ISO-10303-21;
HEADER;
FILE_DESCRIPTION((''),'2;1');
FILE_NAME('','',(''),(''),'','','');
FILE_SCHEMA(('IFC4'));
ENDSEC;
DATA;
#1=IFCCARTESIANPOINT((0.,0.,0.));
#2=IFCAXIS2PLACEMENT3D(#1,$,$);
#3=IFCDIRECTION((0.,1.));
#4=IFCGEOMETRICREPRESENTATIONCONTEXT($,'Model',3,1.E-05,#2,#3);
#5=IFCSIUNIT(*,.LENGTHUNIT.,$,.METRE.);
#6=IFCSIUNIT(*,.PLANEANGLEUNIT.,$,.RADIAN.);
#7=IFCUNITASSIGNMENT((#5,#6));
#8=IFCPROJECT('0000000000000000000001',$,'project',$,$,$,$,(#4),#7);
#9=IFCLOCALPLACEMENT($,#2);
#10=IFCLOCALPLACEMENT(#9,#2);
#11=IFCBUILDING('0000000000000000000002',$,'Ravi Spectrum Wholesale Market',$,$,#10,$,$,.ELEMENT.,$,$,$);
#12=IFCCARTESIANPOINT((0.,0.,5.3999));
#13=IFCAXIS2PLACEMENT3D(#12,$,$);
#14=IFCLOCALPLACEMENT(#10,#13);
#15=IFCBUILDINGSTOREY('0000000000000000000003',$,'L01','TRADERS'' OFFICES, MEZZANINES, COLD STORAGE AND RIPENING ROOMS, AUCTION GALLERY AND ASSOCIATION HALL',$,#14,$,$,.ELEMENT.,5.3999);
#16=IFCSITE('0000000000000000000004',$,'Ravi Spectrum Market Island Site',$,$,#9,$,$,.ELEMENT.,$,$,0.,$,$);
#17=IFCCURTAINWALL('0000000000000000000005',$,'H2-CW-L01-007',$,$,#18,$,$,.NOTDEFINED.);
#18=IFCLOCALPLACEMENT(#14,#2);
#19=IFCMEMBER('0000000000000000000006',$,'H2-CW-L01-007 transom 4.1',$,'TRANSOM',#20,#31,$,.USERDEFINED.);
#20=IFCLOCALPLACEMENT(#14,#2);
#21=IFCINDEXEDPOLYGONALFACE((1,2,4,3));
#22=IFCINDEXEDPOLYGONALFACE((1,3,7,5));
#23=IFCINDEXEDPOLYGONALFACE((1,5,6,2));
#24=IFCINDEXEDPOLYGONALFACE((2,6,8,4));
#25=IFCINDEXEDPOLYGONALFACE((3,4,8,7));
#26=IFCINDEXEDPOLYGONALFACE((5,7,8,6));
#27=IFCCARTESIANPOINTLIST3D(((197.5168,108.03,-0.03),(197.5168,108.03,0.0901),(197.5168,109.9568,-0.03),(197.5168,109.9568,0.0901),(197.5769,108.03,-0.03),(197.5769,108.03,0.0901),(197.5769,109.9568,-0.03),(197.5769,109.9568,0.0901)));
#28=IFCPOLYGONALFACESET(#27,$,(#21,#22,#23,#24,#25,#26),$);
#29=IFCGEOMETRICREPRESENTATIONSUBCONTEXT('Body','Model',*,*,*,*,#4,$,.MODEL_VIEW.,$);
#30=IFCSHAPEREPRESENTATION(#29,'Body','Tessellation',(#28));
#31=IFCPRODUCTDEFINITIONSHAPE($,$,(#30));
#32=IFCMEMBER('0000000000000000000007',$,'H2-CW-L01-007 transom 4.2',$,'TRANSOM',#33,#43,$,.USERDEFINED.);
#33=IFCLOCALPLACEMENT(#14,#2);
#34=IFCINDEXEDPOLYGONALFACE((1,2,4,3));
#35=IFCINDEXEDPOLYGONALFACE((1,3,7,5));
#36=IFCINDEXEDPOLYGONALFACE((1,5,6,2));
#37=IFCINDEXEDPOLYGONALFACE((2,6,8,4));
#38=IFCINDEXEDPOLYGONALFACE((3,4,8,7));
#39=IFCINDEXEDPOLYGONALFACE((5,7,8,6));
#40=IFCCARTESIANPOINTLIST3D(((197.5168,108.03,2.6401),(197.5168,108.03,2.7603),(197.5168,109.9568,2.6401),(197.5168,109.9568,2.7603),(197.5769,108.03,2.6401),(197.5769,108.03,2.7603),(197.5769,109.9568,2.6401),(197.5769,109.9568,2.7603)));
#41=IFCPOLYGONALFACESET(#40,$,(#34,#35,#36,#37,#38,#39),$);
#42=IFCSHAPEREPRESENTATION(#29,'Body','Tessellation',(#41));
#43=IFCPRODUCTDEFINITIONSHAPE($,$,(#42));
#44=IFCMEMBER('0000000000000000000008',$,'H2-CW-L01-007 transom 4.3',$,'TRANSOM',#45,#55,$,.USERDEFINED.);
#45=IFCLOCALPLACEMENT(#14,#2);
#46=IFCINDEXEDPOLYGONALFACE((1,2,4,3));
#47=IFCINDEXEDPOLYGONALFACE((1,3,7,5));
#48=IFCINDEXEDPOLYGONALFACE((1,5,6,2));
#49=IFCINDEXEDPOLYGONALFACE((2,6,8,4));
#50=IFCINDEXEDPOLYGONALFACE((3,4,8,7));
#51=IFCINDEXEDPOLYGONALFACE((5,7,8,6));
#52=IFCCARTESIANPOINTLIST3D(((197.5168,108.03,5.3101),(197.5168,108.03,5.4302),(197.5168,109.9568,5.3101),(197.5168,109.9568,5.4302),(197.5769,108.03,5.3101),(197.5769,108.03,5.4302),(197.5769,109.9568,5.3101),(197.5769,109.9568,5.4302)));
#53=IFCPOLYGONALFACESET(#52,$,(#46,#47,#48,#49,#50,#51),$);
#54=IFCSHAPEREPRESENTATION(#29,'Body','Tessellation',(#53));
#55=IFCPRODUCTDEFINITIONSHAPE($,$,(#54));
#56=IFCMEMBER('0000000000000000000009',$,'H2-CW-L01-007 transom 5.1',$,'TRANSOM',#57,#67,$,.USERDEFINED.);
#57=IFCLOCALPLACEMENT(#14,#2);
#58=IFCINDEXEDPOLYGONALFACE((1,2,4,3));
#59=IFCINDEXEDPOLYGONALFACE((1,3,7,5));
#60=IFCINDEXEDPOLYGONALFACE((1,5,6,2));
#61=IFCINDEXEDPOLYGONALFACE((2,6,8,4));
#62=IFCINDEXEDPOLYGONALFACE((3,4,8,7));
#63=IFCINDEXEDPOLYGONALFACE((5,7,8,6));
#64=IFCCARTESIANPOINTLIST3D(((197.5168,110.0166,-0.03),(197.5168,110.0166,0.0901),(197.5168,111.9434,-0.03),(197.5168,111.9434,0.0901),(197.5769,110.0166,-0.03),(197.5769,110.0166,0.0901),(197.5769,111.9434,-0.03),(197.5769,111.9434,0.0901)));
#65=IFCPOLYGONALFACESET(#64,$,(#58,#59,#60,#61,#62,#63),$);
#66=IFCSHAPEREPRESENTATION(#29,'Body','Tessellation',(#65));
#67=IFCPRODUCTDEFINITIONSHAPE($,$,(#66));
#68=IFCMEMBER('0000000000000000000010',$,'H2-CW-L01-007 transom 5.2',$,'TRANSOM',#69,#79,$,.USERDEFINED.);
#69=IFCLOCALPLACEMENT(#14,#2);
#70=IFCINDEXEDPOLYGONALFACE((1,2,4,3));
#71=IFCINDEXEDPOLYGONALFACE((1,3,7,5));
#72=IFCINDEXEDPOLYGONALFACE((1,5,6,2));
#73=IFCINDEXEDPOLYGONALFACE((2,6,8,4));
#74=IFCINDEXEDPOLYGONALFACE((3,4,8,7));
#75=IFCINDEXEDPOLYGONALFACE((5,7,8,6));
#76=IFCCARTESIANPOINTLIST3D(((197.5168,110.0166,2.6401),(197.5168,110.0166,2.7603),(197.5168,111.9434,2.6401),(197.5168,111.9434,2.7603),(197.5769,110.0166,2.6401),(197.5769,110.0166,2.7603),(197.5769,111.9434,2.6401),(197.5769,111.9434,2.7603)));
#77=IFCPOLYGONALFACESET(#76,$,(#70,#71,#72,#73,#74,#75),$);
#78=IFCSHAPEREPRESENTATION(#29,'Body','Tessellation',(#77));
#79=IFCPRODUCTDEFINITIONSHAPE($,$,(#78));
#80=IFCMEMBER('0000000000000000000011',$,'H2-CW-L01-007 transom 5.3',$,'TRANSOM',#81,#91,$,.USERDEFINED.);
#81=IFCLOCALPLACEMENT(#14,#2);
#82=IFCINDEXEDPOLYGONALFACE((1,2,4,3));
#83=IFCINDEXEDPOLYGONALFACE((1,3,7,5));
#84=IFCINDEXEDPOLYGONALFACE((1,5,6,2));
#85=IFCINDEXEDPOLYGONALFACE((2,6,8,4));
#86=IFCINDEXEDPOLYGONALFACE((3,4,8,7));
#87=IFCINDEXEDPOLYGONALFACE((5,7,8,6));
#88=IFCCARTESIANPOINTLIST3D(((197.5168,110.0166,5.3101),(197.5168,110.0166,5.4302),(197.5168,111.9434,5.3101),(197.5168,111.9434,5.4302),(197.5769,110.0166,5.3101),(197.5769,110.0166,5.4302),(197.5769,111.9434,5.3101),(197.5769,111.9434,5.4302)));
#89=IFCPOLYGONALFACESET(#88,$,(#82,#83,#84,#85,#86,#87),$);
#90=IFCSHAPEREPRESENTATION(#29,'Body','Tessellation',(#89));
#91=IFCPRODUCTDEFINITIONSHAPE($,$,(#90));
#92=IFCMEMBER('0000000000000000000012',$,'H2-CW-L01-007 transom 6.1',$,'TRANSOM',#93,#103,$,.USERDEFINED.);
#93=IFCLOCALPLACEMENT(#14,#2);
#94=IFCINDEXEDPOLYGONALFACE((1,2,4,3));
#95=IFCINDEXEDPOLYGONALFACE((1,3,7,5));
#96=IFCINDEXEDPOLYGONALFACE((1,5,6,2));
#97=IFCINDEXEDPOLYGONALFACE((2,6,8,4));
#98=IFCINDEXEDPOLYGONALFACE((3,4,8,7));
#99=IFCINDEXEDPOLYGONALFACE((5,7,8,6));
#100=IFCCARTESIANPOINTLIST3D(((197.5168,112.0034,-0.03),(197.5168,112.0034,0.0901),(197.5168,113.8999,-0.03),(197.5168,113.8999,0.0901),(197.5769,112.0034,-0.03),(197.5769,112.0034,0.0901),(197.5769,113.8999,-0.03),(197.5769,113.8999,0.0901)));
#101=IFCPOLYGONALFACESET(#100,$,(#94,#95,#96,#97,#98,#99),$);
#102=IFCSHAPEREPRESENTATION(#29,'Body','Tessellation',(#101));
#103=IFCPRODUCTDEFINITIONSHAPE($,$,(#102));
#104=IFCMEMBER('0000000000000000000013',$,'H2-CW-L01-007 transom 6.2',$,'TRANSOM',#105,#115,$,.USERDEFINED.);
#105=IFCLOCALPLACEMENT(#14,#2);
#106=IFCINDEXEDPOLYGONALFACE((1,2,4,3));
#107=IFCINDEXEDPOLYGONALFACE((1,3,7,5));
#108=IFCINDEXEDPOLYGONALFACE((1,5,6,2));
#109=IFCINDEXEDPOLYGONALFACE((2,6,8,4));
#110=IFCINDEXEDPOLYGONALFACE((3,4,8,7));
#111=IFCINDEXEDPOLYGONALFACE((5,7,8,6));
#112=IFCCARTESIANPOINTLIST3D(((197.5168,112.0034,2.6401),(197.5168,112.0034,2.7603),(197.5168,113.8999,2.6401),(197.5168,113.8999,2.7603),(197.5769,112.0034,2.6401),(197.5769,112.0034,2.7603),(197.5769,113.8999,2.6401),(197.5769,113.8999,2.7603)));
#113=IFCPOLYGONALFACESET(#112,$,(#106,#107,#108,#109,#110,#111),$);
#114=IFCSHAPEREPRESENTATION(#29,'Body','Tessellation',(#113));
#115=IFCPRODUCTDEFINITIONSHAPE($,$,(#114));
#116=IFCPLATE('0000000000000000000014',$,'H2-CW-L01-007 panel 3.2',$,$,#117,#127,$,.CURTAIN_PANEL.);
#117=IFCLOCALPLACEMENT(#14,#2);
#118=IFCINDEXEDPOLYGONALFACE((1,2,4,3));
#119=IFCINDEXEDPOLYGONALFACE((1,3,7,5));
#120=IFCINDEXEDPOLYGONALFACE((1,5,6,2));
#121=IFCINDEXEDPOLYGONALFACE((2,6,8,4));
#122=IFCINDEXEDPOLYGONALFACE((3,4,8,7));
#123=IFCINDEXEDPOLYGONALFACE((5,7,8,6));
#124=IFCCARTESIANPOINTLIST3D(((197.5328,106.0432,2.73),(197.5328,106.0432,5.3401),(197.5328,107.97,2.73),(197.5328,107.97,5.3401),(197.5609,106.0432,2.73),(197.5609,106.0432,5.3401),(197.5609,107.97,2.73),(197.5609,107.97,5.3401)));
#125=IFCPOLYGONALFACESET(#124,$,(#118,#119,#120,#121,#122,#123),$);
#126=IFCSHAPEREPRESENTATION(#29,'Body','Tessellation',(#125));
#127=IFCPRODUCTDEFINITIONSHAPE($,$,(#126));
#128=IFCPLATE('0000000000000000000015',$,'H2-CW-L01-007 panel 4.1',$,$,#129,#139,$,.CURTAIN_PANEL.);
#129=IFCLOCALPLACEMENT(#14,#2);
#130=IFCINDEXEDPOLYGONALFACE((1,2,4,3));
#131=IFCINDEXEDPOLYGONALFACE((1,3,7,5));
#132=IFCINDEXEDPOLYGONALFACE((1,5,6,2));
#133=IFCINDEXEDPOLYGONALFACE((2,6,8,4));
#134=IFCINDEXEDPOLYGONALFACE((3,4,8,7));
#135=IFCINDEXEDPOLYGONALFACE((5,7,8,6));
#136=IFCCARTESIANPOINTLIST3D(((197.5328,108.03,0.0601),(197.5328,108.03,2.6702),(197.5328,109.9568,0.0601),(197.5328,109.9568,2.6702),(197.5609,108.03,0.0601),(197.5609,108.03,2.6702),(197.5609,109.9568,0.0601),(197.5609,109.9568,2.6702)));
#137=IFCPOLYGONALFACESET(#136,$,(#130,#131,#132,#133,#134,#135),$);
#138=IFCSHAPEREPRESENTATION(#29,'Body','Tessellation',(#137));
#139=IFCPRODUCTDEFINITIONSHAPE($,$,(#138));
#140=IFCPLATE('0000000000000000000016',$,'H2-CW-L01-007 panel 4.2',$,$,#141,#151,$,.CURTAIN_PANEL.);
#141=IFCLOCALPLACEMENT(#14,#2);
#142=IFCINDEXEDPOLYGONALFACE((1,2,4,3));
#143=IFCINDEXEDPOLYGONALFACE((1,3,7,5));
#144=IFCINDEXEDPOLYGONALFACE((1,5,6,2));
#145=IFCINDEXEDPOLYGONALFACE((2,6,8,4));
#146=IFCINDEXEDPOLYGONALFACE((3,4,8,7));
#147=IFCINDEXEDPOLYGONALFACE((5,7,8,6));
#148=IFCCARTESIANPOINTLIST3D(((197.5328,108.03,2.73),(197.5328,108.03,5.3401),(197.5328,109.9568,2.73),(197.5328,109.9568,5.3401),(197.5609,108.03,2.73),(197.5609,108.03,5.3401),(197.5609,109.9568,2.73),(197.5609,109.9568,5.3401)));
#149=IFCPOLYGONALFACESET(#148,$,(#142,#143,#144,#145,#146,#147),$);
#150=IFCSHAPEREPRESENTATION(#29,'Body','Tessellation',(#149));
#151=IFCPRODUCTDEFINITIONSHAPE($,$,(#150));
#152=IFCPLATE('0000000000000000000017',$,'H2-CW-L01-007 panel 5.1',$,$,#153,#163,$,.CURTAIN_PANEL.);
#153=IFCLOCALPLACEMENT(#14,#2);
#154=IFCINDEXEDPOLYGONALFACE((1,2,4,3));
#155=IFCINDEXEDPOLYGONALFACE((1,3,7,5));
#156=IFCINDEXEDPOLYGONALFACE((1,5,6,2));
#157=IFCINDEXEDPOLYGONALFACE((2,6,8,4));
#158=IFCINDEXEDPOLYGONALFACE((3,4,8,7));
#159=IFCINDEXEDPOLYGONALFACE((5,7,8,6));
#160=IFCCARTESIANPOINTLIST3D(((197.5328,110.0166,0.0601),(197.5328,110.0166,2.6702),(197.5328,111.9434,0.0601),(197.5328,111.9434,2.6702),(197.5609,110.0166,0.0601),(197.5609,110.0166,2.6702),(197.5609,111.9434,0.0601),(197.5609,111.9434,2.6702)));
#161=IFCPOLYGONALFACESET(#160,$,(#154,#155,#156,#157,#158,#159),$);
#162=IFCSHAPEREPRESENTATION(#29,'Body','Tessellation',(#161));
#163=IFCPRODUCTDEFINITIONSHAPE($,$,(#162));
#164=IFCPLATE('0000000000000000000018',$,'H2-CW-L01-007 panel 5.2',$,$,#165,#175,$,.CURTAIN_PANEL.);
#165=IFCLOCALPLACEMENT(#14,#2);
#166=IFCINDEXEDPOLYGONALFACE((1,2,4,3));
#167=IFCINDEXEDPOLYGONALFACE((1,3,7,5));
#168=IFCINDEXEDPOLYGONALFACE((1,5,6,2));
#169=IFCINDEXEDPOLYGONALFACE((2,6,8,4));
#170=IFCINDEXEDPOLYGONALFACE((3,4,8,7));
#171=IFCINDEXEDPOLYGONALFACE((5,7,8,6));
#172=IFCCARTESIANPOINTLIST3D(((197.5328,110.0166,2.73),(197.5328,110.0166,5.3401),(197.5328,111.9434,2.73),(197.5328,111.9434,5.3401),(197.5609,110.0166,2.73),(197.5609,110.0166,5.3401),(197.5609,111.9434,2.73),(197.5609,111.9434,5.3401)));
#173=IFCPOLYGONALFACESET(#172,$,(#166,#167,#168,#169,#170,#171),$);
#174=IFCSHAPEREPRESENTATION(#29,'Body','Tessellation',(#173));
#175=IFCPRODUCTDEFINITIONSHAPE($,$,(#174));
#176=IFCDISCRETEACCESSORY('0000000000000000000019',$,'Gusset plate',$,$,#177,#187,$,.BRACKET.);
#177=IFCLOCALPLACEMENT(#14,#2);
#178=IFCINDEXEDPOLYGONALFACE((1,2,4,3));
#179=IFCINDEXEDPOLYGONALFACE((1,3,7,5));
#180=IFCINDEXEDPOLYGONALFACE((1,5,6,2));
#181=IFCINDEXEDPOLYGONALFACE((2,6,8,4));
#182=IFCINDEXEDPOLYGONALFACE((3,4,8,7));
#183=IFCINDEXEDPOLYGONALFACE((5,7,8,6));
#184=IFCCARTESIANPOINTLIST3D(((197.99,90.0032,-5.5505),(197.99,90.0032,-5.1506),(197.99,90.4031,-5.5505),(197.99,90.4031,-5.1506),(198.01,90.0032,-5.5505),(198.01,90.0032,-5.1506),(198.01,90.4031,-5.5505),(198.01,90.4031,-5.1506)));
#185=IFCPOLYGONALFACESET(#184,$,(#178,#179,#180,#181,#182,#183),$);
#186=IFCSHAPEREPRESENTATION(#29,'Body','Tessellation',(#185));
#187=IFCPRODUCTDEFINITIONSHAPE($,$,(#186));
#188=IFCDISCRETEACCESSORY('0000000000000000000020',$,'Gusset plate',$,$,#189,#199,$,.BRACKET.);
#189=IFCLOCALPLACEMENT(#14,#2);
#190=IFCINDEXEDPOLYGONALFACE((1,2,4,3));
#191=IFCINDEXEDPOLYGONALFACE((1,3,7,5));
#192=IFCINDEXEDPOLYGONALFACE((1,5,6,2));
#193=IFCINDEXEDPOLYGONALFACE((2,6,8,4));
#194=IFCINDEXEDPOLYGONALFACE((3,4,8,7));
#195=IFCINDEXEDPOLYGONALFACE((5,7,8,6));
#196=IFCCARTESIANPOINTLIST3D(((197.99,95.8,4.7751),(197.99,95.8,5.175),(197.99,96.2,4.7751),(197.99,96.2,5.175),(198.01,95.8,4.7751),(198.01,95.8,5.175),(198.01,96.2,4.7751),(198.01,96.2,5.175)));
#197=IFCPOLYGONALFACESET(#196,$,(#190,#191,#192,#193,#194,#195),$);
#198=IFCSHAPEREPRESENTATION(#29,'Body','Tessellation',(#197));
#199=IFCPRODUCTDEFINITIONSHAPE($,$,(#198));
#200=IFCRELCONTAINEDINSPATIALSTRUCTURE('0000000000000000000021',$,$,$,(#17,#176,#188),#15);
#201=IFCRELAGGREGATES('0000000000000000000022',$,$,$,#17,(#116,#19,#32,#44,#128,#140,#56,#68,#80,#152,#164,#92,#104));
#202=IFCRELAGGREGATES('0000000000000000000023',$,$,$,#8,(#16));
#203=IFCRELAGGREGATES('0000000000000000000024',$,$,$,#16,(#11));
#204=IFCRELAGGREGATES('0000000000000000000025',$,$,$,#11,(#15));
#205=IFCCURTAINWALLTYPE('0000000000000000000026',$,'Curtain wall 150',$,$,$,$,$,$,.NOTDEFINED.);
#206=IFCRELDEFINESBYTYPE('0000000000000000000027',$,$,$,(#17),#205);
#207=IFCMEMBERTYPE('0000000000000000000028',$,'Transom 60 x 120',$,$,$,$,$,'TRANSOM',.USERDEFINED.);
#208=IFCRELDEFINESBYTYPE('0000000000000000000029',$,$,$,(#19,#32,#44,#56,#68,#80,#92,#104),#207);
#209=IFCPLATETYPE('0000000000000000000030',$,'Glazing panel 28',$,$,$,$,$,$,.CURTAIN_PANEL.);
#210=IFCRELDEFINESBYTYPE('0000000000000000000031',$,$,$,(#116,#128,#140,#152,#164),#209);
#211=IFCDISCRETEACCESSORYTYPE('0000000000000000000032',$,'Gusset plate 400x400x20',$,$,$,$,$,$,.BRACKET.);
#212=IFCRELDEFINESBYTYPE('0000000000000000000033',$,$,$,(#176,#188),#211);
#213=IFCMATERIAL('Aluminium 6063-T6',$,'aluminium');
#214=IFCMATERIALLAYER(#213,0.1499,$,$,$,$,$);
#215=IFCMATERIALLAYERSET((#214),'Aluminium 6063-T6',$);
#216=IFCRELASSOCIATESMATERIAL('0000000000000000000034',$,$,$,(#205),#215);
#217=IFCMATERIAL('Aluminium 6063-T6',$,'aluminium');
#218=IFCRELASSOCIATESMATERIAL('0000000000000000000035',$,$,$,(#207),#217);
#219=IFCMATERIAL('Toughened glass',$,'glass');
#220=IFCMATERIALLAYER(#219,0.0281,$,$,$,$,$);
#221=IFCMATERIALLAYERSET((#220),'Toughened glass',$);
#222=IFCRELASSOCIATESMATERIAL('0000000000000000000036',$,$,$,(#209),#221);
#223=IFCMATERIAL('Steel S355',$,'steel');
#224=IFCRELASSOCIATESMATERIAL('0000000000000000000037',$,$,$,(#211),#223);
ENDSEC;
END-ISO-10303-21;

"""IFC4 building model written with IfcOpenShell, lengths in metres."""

from ifc_helpers import new_model, si_unit, direction, frame, origin, origin_2d, place, context, subcontext, project, spatial, rectangle, extrude, material, layer, layer_set, material_profile, profile_set, type_object, element, aggregate, save


model = new_model("IFC4")

# Units and contexts
model_context = context("Model", 3, precision=1e-05, world=origin(), true_north=direction((0.0, 1.0)))
body_context = subcontext(model_context, "Body", "Model", "MODEL_VIEW")
ifc_project = project(units=[si_unit("LENGTHUNIT", "METRE"), si_unit("PLANEANGLEUNIT", "RADIAN")], contexts=[model_context])

# Site, building, storey
site_placement = place(None, origin())
site = spatial("IfcSite", under=ifc_project, at=site_placement, Name="Ravi Spectrum Market Island Site", CompositionType="ELEMENT", RefElevation=0.0)
building_placement = place(site_placement, origin())
building = spatial("IfcBuilding", under=site, at=building_placement, Name="Ravi Spectrum Wholesale Market", CompositionType="ELEMENT")
storey_placement = place(building_placement, frame((0.0, 0.0, 5.3999)))
storey = spatial("IfcBuildingStorey", under=building, at=storey_placement, Name="L01", Description="TRADERS' OFFICES, MEZZANINES, COLD STORAGE AND RIPENING ROOMS, AUCTION GALLERY AND ASSOCIATION HALL", CompositionType="ELEMENT", Elevation=5.3999)

# Curtain wall
ifc_material_1 = material(Name="Aluminium 6063-T6", Category="aluminium")
ifc_layer_1 = layer(ifc_material_1, 0.1499)
ifc_layer_set_1 = layer_set([ifc_layer_1], Name="Aluminium 6063-T6")
curtain_wall_type = type_object("IfcCurtainWallType", Name="Curtain wall 150", PredefinedType="NOTDEFINED", material=ifc_layer_set_1)
curtain_wall_placement = place(storey_placement, origin())
curtain_wall = element("IfcCurtainWall", 1, at=curtain_wall_placement, inside=storey, type_object=curtain_wall_type, Name="H2-CW-L01-007", PredefinedType="NOTDEFINED")

# Members
ifc_material_2 = material(Name="Aluminium 6063-T6", Category="aluminium")
ifc_material_profile_1 = material_profile(ifc_material_2, rectangle(XDim=0.0601, YDim=0.1201, at=origin_2d()))
ifc_profile_set_1 = profile_set([ifc_material_profile_1], Name="Aluminium 6063-T6")
member_type_1 = type_object("IfcMemberType", Name="Transom 60 x 120", ElementType="TRANSOM", PredefinedType="USERDEFINED", material=ifc_profile_set_1)
member_1_placement = place(storey_placement, frame((197.5469, 108.03, 0.03), z_axis=(0.0, 1.0, 0.0), x_axis=(-1.0, 0.0, 0.0)))
member_1 = element("IfcMember", 2, at=member_1_placement, type_object=member_type_1, Name="H2-CW-L01-007 transom 4.1", ObjectType="TRANSOM", PredefinedType="USERDEFINED", context=body_context, shape_type="SweptSolid", body=[
    extrude(rectangle(XDim=0.0601, YDim=0.1201, at=origin_2d()), origin(), (0.0, 0.0, 1.0), 1.9268),
])
member_2_placement = place(storey_placement, frame((197.5469, 108.03, 2.7002), z_axis=(0.0, 1.0, 0.0), x_axis=(-1.0, 0.0, 0.0)))
member_2 = element("IfcMember", 3, at=member_2_placement, type_object=member_type_1, Name="H2-CW-L01-007 transom 4.2", ObjectType="TRANSOM", PredefinedType="USERDEFINED", context=body_context, shape_type="SweptSolid", body=[
    extrude(rectangle(XDim=0.0601, YDim=0.1201, at=origin_2d()), origin(), (0.0, 0.0, 1.0), 1.9268),
])
member_3_placement = place(storey_placement, frame((197.5469, 108.03, 5.3701), z_axis=(0.0, 1.0, 0.0), x_axis=(-1.0, 0.0, 0.0)))
member_3 = element("IfcMember", 4, at=member_3_placement, type_object=member_type_1, Name="H2-CW-L01-007 transom 4.3", ObjectType="TRANSOM", PredefinedType="USERDEFINED", context=body_context, shape_type="SweptSolid", body=[
    extrude(rectangle(XDim=0.0601, YDim=0.1201, at=origin_2d()), origin(), (0.0, 0.0, 1.0), 1.9268),
])
member_4_placement = place(storey_placement, frame((197.5469, 110.0166, 0.03), z_axis=(0.0, 1.0, 0.0), x_axis=(-1.0, 0.0, 0.0)))
member_4 = element("IfcMember", 5, at=member_4_placement, type_object=member_type_1, Name="H2-CW-L01-007 transom 5.1", ObjectType="TRANSOM", PredefinedType="USERDEFINED", context=body_context, shape_type="SweptSolid", body=[
    extrude(rectangle(XDim=0.0601, YDim=0.1201, at=origin_2d()), origin(), (0.0, 0.0, 1.0), 1.9268),
])
member_5_placement = place(storey_placement, frame((197.5469, 110.0166, 2.7002), z_axis=(0.0, 1.0, 0.0), x_axis=(-1.0, 0.0, 0.0)))
member_5 = element("IfcMember", 6, at=member_5_placement, type_object=member_type_1, Name="H2-CW-L01-007 transom 5.2", ObjectType="TRANSOM", PredefinedType="USERDEFINED", context=body_context, shape_type="SweptSolid", body=[
    extrude(rectangle(XDim=0.0601, YDim=0.1201, at=origin_2d()), origin(), (0.0, 0.0, 1.0), 1.9268),
])
member_6_placement = place(storey_placement, frame((197.5469, 110.0166, 5.3701), z_axis=(0.0, 1.0, 0.0), x_axis=(-1.0, 0.0, 0.0)))
member_6 = element("IfcMember", 7, at=member_6_placement, type_object=member_type_1, Name="H2-CW-L01-007 transom 5.3", ObjectType="TRANSOM", PredefinedType="USERDEFINED", context=body_context, shape_type="SweptSolid", body=[
    extrude(rectangle(XDim=0.0601, YDim=0.1201, at=origin_2d()), origin(), (0.0, 0.0, 1.0), 1.9268),
])
member_7_placement = place(storey_placement, frame((197.5469, 112.0034, 0.03), z_axis=(0.0, 1.0, 0.0), x_axis=(-1.0, 0.0, 0.0)))
member_7 = element("IfcMember", 8, at=member_7_placement, type_object=member_type_1, Name="H2-CW-L01-007 transom 6.1", ObjectType="TRANSOM", PredefinedType="USERDEFINED", context=body_context, shape_type="SweptSolid", body=[
    extrude(rectangle(XDim=0.0601, YDim=0.1201, at=origin_2d()), origin(), (0.0, 0.0, 1.0), 1.8965),
])
member_8_placement = place(storey_placement, frame((197.5469, 112.0034, 2.7002), z_axis=(0.0, 1.0, 0.0), x_axis=(-1.0, 0.0, 0.0)))
member_8 = element("IfcMember", 9, at=member_8_placement, type_object=member_type_1, Name="H2-CW-L01-007 transom 6.2", ObjectType="TRANSOM", PredefinedType="USERDEFINED", context=body_context, shape_type="SweptSolid", body=[
    extrude(rectangle(XDim=0.0601, YDim=0.1201, at=origin_2d()), origin(), (0.0, 0.0, 1.0), 1.8965),
])

# Plates
ifc_material_3 = material(Name="Toughened glass", Category="glass")
ifc_layer_2 = layer(ifc_material_3, 0.0281)
ifc_layer_set_2 = layer_set([ifc_layer_2], Name="Toughened glass")
plate_type = type_object("IfcPlateType", Name="Glazing panel 28", PredefinedType="CURTAIN_PANEL", material=ifc_layer_set_2)
plate_1_placement = place(storey_placement, frame((197.5469, 107.0066, 2.73), z_axis=(0.0, 0.0, 1.0), x_axis=(0.0, 1.0, 0.0)))
plate_1 = element("IfcPlate", 10, at=plate_1_placement, type_object=plate_type, Name="H2-CW-L01-007 panel 3.2", PredefinedType="CURTAIN_PANEL", context=body_context, shape_type="SweptSolid", body=[
    extrude(rectangle(XDim=1.9268, YDim=0.0281, at=origin_2d()), origin(), (0.0, 0.0, 1.0), 2.6101),
])
plate_2_placement = place(storey_placement, frame((197.5469, 108.9934, 0.0601), z_axis=(0.0, 0.0, 1.0), x_axis=(0.0, 1.0, 0.0)))
plate_2 = element("IfcPlate", 11, at=plate_2_placement, type_object=plate_type, Name="H2-CW-L01-007 panel 4.1", PredefinedType="CURTAIN_PANEL", context=body_context, shape_type="SweptSolid", body=[
    extrude(rectangle(XDim=1.9268, YDim=0.0281, at=origin_2d()), origin(), (0.0, 0.0, 1.0), 2.6101),
])
plate_3_placement = place(storey_placement, frame((197.5469, 108.9934, 2.73), z_axis=(0.0, 0.0, 1.0), x_axis=(0.0, 1.0, 0.0)))
plate_3 = element("IfcPlate", 12, at=plate_3_placement, type_object=plate_type, Name="H2-CW-L01-007 panel 4.2", PredefinedType="CURTAIN_PANEL", context=body_context, shape_type="SweptSolid", body=[
    extrude(rectangle(XDim=1.9268, YDim=0.0281, at=origin_2d()), origin(), (0.0, 0.0, 1.0), 2.6101),
])
plate_4_placement = place(storey_placement, frame((197.5469, 110.98, 0.0601), z_axis=(0.0, 0.0, 1.0), x_axis=(0.0, 1.0, 0.0)))
plate_4 = element("IfcPlate", 13, at=plate_4_placement, type_object=plate_type, Name="H2-CW-L01-007 panel 5.1", PredefinedType="CURTAIN_PANEL", context=body_context, shape_type="SweptSolid", body=[
    extrude(rectangle(XDim=1.9268, YDim=0.0281, at=origin_2d()), origin(), (0.0, 0.0, 1.0), 2.6101),
])
plate_5_placement = place(storey_placement, frame((197.5469, 110.98, 2.73), z_axis=(0.0, 0.0, 1.0), x_axis=(0.0, 1.0, 0.0)))
plate_5 = element("IfcPlate", 14, at=plate_5_placement, type_object=plate_type, Name="H2-CW-L01-007 panel 5.2", PredefinedType="CURTAIN_PANEL", context=body_context, shape_type="SweptSolid", body=[
    extrude(rectangle(XDim=1.9268, YDim=0.0281, at=origin_2d()), origin(), (0.0, 0.0, 1.0), 2.6101),
])
aggregate(curtain_wall, [plate_1, member_1, member_2, member_3, plate_2, plate_3, member_4, member_5, member_6, plate_4, plate_5, member_7, member_8])

# Discrete accessories
ifc_material_4 = material(Name="Steel S355", Category="steel")
ifc_material_profile_2 = material_profile(ifc_material_4, rectangle(XDim=0.3999, YDim=0.02, at=origin_2d()))
ifc_profile_set_2 = profile_set([ifc_material_profile_2], Name="Steel S355")
discrete_accessory_type = type_object("IfcDiscreteAccessoryType", Name="Gusset plate 400x400x20", PredefinedType="BRACKET", material=ifc_profile_set_2)
for number, where, z_axis, x_axis, name in (
    (15, (198.0, 90.2031, -5.5505), (0.0, 0.0, 1.0), (0.0, 1.0, 0.0), "Gusset plate"),
    (16, (198.0, 96.0, 4.7751), (0.0, 0.0, 1.0), (0.0, 1.0, 0.0), "Gusset plate"),
):
    element("IfcDiscreteAccessory", number, at=place(storey_placement, frame(where, z_axis=z_axis, x_axis=x_axis)), inside=storey, type_object=discrete_accessory_type, Name=name, PredefinedType="BRACKET", context=body_context, shape_type="SweptSolid", body=[
        extrude(rectangle(XDim=0.3999, YDim=0.02, at=origin_2d()), origin(), (0.0, 0.0, 1.0), 0.3999),
    ])

save(model, "model.ifc")
